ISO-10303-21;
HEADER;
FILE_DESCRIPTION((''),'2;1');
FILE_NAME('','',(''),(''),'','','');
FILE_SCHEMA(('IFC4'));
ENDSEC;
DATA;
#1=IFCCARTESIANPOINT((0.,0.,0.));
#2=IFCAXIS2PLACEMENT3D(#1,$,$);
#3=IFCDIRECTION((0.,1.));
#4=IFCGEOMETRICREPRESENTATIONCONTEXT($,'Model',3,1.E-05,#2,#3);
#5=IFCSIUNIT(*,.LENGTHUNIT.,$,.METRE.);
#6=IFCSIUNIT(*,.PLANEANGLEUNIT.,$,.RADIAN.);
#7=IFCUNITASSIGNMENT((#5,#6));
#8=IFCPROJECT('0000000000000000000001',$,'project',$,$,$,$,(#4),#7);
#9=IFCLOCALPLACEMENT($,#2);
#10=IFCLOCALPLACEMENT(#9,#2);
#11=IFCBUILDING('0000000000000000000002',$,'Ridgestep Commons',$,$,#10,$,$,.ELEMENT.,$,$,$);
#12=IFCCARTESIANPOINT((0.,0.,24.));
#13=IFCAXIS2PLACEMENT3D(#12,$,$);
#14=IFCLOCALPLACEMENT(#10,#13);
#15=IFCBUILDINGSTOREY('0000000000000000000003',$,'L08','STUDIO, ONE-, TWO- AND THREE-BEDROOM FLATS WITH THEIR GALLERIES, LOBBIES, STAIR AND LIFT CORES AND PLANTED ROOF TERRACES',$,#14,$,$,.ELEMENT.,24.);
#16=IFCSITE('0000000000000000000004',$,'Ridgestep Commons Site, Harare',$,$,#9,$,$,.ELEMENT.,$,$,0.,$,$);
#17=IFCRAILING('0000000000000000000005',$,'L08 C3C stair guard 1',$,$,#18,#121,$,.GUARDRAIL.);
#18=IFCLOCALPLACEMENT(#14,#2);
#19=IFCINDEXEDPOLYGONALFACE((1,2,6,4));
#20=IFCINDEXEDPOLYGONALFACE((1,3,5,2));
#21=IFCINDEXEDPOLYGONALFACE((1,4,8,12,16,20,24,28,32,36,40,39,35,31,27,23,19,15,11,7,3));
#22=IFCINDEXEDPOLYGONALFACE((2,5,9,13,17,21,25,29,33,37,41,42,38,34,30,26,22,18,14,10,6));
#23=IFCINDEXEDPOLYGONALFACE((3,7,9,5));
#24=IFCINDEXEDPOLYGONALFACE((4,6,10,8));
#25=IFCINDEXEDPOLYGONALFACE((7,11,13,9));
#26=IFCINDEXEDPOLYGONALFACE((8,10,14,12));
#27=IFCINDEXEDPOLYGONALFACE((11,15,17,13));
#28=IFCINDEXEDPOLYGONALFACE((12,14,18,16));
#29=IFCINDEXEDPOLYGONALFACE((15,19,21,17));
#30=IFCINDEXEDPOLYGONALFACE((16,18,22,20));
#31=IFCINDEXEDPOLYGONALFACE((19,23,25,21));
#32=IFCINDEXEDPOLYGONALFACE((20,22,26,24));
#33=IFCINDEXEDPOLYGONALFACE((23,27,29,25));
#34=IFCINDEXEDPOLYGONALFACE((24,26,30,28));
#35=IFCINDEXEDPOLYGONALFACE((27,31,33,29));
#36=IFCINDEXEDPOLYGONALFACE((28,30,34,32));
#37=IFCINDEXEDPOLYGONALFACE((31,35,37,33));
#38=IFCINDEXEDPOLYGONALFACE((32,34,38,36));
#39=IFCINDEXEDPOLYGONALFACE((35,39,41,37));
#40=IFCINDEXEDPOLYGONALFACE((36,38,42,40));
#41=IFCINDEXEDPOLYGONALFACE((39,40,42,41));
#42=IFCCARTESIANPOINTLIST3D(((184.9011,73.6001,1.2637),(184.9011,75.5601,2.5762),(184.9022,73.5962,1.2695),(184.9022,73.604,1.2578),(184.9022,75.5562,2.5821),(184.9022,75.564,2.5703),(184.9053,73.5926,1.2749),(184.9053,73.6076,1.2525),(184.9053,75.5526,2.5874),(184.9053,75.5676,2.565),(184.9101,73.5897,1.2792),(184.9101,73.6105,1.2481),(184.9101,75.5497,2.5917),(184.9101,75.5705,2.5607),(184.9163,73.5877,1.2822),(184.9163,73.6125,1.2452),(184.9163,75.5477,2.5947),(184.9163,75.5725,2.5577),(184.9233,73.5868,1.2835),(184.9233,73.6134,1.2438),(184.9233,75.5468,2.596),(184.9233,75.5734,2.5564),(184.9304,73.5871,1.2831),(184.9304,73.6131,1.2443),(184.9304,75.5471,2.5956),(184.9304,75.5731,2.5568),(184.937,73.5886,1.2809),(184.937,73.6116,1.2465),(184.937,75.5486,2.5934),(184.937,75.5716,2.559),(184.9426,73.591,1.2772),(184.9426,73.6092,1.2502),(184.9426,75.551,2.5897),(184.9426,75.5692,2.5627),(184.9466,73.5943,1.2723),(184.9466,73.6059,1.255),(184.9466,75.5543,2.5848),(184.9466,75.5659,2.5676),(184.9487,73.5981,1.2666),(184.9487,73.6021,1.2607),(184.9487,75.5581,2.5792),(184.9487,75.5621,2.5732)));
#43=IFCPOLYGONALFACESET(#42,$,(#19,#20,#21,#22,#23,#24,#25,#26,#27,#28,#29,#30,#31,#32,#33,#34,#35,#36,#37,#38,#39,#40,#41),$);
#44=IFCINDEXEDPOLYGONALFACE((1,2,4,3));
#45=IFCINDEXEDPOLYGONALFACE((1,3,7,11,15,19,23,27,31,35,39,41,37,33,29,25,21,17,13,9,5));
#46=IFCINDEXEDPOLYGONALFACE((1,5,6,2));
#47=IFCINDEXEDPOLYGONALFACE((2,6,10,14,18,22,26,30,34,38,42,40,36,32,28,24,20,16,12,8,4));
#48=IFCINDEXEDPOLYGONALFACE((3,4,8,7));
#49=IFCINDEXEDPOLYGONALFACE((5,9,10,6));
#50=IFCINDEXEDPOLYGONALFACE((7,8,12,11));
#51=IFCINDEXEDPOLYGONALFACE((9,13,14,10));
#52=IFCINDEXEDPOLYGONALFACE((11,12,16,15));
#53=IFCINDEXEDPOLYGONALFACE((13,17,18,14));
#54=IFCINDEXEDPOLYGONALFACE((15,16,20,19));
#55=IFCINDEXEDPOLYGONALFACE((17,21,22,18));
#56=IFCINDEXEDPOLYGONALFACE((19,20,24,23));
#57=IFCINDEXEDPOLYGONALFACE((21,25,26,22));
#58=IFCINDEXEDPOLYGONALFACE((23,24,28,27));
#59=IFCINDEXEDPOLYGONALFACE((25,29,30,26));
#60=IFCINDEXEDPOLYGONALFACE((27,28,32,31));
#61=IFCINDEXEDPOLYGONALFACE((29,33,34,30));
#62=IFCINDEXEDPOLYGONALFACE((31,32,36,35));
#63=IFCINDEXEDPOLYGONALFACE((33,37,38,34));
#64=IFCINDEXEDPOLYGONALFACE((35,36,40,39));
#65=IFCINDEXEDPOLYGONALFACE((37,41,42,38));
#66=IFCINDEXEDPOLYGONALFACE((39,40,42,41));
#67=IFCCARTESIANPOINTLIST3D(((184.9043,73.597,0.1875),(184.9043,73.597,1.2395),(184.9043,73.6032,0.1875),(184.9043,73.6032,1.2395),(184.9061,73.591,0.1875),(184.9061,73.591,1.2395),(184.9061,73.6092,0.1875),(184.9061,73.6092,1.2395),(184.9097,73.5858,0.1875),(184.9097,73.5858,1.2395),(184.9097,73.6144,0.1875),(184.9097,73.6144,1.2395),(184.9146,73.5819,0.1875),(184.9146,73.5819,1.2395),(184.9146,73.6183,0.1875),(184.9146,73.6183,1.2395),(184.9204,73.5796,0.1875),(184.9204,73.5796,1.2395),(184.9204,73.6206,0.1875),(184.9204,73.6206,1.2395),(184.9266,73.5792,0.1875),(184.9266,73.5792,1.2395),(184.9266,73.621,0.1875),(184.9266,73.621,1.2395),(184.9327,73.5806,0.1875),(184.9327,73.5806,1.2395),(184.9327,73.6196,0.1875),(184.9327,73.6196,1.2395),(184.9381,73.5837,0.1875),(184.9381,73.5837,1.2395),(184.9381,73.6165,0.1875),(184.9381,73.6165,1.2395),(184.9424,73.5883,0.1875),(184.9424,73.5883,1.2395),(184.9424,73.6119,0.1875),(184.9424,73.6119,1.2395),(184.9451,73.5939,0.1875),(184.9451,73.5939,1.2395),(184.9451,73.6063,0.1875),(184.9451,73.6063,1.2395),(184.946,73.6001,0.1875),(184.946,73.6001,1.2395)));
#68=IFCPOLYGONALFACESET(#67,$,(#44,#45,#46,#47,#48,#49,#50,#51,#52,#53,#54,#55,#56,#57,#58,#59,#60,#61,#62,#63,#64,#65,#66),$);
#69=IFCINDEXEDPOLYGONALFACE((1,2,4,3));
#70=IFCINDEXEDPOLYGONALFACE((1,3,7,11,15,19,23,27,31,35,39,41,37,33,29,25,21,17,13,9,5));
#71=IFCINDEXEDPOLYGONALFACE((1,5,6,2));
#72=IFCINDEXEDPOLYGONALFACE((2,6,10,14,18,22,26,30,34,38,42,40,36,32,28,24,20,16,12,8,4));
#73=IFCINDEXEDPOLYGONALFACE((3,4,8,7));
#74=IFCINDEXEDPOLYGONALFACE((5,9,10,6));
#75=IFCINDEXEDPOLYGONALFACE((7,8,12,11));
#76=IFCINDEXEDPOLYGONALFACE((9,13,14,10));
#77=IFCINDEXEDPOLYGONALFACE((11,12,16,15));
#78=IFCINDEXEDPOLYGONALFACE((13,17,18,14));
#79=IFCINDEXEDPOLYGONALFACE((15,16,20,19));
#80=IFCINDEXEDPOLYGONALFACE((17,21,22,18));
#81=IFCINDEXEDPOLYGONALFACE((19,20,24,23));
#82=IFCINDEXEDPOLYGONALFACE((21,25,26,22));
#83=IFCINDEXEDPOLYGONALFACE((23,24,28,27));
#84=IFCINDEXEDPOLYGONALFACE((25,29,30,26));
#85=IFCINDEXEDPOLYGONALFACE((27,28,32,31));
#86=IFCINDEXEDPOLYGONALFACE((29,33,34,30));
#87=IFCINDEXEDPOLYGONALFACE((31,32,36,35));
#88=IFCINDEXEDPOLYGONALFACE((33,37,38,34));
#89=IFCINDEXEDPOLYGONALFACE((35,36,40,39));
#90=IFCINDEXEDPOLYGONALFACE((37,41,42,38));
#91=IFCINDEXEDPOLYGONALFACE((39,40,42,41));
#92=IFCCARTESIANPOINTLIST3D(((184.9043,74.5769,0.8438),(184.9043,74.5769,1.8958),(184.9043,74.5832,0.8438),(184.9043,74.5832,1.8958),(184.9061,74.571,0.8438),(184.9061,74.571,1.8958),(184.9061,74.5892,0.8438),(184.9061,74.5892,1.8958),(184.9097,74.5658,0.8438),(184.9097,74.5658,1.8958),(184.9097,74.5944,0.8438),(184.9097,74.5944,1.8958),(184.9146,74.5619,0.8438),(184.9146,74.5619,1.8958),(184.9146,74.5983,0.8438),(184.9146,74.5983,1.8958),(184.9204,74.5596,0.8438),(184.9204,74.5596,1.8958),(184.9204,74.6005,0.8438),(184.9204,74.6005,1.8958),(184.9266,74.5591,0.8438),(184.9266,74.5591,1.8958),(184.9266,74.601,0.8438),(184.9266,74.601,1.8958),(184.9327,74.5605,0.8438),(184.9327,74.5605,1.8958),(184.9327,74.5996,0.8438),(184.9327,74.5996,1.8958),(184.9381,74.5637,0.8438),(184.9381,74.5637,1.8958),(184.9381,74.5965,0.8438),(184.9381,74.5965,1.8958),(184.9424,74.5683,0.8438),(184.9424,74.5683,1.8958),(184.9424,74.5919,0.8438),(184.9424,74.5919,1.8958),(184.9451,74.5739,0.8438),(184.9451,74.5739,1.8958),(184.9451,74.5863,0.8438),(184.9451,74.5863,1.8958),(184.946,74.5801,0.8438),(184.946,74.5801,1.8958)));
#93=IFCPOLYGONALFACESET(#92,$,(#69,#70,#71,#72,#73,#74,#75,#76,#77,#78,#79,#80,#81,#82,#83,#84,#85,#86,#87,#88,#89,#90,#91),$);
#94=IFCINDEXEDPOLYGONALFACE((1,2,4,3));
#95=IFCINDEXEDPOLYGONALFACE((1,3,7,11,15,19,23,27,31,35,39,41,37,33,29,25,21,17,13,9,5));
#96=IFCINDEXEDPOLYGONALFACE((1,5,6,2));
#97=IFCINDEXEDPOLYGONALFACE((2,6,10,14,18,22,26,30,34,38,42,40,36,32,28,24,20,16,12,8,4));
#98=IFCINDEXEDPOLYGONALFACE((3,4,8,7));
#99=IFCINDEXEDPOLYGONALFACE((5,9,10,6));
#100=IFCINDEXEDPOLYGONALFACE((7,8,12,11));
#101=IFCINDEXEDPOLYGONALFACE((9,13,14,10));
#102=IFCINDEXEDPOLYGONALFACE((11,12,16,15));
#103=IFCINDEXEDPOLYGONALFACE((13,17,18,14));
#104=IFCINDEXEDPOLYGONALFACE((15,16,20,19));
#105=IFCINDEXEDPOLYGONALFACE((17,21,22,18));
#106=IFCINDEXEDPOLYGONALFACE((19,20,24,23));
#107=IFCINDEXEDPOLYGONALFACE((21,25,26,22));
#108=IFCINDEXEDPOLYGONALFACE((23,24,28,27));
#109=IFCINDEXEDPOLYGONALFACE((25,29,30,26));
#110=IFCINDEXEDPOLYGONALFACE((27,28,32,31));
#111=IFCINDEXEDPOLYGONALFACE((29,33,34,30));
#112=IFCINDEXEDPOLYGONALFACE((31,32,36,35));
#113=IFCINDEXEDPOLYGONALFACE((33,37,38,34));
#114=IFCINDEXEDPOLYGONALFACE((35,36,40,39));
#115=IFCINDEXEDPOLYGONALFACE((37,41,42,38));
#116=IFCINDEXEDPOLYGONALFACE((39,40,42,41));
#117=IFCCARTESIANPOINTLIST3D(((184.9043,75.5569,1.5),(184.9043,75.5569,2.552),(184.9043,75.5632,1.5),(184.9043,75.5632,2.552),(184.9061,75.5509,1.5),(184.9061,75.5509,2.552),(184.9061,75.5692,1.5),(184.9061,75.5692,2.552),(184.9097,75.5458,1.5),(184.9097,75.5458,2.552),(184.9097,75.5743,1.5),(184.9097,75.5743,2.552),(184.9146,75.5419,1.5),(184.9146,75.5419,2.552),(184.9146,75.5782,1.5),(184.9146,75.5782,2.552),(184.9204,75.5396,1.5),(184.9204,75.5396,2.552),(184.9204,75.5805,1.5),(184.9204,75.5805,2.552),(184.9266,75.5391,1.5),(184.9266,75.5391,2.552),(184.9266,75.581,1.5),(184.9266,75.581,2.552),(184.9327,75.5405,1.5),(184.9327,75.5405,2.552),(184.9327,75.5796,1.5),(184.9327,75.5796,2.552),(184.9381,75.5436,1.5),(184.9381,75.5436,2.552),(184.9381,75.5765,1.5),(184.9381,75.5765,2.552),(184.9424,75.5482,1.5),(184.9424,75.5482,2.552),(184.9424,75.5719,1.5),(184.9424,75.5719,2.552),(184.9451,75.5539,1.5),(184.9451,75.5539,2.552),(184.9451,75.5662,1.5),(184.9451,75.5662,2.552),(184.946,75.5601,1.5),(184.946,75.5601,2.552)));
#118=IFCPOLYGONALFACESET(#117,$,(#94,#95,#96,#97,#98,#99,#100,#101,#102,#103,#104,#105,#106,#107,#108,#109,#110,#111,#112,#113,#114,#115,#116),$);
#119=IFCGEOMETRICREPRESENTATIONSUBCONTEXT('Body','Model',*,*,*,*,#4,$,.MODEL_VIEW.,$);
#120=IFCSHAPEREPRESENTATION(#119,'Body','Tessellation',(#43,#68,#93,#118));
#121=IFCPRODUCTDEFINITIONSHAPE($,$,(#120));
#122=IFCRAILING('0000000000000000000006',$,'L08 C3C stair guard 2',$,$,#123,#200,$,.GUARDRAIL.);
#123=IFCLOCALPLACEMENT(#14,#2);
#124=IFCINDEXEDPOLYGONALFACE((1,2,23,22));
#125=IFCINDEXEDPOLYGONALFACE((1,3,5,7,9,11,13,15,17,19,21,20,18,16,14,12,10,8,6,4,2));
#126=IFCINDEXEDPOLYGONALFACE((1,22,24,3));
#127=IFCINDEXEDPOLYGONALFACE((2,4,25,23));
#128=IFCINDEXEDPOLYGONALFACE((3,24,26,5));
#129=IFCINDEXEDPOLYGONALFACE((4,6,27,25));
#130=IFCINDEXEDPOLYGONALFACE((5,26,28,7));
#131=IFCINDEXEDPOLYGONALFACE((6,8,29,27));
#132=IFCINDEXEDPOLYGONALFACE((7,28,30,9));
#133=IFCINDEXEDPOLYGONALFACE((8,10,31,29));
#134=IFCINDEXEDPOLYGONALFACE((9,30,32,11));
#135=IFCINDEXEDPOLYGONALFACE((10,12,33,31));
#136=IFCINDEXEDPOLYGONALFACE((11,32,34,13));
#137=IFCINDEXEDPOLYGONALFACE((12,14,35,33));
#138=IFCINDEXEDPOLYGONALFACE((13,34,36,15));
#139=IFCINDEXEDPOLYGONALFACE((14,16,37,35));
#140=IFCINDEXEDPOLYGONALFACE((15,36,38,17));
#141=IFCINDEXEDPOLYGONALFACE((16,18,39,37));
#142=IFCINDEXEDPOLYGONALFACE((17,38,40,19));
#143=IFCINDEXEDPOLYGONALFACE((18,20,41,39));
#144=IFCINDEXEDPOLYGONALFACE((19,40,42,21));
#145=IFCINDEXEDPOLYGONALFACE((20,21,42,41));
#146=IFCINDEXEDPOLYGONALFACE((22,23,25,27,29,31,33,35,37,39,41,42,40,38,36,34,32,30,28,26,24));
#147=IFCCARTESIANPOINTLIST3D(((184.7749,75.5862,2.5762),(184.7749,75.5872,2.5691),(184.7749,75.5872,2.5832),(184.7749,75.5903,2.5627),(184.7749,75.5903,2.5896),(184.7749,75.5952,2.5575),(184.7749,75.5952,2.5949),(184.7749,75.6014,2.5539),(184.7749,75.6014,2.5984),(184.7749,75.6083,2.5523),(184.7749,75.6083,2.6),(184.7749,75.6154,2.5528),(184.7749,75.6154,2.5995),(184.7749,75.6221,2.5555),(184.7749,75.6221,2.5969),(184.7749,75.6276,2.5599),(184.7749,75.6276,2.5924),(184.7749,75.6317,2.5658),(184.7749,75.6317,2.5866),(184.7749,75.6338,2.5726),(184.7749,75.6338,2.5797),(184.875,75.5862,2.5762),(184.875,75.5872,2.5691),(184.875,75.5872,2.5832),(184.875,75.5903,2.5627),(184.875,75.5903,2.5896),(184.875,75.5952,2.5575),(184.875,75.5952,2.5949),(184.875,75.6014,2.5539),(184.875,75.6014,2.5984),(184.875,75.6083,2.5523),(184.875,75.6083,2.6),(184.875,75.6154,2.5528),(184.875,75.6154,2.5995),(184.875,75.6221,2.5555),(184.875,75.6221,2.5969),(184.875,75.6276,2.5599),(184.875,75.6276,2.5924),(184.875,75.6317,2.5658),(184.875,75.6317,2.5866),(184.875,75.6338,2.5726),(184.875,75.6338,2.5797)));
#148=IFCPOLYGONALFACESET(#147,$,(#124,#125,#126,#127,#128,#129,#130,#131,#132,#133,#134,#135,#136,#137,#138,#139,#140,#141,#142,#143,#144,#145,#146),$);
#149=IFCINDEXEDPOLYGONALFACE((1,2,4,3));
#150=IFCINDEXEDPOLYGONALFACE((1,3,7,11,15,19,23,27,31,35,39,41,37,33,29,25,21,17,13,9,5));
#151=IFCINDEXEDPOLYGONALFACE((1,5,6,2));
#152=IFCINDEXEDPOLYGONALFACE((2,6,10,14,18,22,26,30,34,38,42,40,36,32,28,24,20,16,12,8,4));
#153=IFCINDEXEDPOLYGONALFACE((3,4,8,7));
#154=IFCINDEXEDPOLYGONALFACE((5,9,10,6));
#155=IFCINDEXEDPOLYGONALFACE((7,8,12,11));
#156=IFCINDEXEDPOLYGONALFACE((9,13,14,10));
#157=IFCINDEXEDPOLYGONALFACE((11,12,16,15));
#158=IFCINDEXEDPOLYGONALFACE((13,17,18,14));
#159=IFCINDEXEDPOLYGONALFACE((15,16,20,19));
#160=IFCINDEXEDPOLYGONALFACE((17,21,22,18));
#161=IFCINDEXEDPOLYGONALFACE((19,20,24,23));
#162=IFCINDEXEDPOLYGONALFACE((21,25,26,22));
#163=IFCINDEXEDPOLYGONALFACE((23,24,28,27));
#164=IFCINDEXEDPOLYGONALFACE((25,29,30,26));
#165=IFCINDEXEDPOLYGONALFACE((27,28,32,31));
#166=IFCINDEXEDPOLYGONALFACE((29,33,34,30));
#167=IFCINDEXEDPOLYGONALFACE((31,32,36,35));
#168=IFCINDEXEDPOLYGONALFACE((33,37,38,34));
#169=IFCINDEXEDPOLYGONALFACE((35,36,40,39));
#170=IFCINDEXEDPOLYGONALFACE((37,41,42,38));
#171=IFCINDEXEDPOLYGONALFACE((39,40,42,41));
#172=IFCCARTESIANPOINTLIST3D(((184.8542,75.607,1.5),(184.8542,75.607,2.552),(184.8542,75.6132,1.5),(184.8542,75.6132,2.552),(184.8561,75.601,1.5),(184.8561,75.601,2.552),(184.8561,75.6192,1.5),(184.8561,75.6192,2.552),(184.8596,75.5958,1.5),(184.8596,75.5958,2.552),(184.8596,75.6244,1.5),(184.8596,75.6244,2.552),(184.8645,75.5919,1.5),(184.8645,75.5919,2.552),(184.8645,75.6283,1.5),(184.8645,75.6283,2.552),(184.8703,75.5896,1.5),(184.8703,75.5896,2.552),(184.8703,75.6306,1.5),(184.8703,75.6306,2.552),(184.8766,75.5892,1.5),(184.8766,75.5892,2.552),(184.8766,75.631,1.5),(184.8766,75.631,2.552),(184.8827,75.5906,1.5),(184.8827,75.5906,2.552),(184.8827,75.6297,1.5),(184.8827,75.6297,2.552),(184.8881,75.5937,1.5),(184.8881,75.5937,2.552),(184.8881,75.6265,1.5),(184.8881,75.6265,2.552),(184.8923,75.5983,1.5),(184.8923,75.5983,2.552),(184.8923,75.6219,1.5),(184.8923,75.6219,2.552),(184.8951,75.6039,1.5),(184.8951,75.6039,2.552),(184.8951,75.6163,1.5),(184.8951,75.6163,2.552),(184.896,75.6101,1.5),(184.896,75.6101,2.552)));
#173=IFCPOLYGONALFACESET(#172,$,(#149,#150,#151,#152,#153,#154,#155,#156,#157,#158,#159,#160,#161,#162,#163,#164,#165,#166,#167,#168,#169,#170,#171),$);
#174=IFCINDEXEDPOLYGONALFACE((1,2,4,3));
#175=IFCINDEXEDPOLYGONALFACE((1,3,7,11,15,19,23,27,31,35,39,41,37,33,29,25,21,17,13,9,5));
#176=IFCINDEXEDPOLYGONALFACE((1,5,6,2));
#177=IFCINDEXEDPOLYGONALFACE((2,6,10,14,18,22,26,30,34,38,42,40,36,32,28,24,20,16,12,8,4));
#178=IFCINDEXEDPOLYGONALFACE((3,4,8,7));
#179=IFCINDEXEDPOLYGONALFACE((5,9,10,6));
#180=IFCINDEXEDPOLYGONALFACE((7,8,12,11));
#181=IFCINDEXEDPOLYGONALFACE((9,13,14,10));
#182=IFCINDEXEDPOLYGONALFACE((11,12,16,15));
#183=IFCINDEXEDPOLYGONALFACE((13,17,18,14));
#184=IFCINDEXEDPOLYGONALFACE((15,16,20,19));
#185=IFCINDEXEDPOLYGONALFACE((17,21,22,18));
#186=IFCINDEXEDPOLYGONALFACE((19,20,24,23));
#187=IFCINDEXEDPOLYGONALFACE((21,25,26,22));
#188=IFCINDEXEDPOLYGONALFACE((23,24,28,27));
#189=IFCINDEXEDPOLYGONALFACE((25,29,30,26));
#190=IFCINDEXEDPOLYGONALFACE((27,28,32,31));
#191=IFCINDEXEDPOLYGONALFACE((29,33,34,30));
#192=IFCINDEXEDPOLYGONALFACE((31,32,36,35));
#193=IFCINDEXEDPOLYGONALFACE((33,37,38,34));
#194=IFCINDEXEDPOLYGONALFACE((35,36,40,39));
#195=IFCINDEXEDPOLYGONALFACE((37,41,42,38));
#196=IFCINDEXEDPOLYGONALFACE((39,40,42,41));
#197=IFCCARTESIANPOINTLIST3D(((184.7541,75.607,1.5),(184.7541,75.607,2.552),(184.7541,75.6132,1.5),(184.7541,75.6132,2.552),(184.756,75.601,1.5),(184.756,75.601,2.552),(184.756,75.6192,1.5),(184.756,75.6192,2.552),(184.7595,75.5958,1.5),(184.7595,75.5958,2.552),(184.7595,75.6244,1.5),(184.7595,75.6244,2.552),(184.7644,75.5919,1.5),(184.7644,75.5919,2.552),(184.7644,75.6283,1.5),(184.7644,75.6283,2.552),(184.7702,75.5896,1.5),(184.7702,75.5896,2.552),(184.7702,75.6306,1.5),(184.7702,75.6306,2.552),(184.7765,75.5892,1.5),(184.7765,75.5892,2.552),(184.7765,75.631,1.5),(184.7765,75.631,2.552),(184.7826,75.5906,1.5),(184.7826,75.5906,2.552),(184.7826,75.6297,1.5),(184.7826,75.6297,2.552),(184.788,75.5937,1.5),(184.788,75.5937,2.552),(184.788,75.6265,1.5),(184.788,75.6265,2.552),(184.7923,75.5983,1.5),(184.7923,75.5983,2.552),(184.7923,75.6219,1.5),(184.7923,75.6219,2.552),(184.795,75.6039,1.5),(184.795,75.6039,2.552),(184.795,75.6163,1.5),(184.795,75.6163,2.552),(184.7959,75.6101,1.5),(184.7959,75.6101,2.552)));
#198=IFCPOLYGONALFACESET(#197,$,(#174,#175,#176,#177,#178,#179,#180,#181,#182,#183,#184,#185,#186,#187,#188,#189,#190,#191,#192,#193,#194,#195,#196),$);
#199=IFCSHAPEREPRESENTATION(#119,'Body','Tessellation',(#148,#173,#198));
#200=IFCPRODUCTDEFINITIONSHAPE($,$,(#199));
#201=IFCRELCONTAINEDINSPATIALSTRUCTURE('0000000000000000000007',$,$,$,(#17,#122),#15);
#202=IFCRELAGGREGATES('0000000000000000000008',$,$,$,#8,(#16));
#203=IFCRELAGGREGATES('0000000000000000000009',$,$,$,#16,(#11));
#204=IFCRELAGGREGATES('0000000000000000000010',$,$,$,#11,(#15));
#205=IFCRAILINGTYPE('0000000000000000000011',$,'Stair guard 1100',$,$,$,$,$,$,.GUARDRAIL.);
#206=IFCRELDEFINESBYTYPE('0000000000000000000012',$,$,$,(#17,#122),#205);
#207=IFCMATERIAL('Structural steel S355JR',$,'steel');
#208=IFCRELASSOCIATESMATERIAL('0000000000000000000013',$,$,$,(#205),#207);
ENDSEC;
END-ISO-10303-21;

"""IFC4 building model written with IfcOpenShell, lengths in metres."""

from ifc_helpers import new_model, si_unit, direction, frame, origin, origin_2d, place, context, subcontext, project, spatial, circle, extrude, material, type_object, element, save


model = new_model("IFC4")

# Units and contexts
model_context = context("Model", 3, precision=1e-05, world=origin(), true_north=direction((0.0, 1.0)))
body_context = subcontext(model_context, "Body", "Model", "MODEL_VIEW")
ifc_project = project(units=[si_unit("LENGTHUNIT", "METRE"), si_unit("PLANEANGLEUNIT", "RADIAN")], contexts=[model_context])

# Site, building, storey
site_placement = place(None, origin())
site = spatial("IfcSite", under=ifc_project, at=site_placement, Name="Ridgestep Commons Site, Harare", CompositionType="ELEMENT", RefElevation=0.0)
building_placement = place(site_placement, origin())
building = spatial("IfcBuilding", under=site, at=building_placement, Name="Ridgestep Commons", CompositionType="ELEMENT")
storey_placement = place(building_placement, frame((0.0, 0.0, 24.0)))
storey = spatial("IfcBuildingStorey", under=building, at=storey_placement, Name="L08", Description="STUDIO, ONE-, TWO- AND THREE-BEDROOM FLATS WITH THEIR GALLERIES, LOBBIES, STAIR AND LIFT CORES AND PLANTED ROOF TERRACES", CompositionType="ELEMENT", Elevation=24.0)

# Railings
ifc_material_1 = material(Name="Structural steel S355JR", Category="steel")
railing_type_1 = type_object("IfcRailingType", Name="Stair guard 1100", PredefinedType="GUARDRAIL", material=ifc_material_1)
railing_1_placement = place(storey_placement, frame((184.925, 73.6001, 0.1875)))
element("IfcRailing", 1, at=railing_1_placement, inside=storey, type_object=railing_type_1, Name="L08 C3C stair guard 1", PredefinedType="GUARDRAIL", context=body_context, shape_type="SweptSolid", body=[
    extrude(circle(Radius=0.0239, at=origin_2d()), frame((0.0, 0.0, 1.0762), z_axis=(0.0, 0.830902, 0.556419), x_axis=(-1.0, 0.0, 0.0)), (0.0, 0.0, 1.0), 2.3589),
    extrude(circle(Radius=0.021, at=origin_2d()), origin(), (0.0, 0.0, 1.0), 1.052),
    extrude(circle(Radius=0.021, at=origin_2d()), frame((0.0, 0.98, 0.6562)), (0.0, 0.0, 1.0), 1.052),
    extrude(circle(Radius=0.021, at=origin_2d()), frame((0.0, 1.96, 1.3125)), (0.0, 0.0, 1.0), 1.052),
])
railing_2_placement = place(storey_placement, frame((184.875, 75.6101, 1.5)))
element("IfcRailing", 2, at=railing_2_placement, inside=storey, type_object=railing_type_1, Name="L08 C3C stair guard 2", PredefinedType="GUARDRAIL", context=body_context, shape_type="SweptSolid", body=[
    extrude(circle(Radius=0.0239, at=origin_2d()), frame((0.0, 0.0, 1.0762), z_axis=(-1.0, 0.0, 0.0), x_axis=(0.0, -1.0, 0.0)), (0.0, 0.0, 1.0), 0.1001),
    extrude(circle(Radius=0.021, at=origin_2d()), origin(), (0.0, 0.0, 1.0), 1.052),
    extrude(circle(Radius=0.021, at=origin_2d()), frame((-0.1001, 0.0, 0.0)), (0.0, 0.0, 1.0), 1.052),
])

save(model, "model.ifc")
